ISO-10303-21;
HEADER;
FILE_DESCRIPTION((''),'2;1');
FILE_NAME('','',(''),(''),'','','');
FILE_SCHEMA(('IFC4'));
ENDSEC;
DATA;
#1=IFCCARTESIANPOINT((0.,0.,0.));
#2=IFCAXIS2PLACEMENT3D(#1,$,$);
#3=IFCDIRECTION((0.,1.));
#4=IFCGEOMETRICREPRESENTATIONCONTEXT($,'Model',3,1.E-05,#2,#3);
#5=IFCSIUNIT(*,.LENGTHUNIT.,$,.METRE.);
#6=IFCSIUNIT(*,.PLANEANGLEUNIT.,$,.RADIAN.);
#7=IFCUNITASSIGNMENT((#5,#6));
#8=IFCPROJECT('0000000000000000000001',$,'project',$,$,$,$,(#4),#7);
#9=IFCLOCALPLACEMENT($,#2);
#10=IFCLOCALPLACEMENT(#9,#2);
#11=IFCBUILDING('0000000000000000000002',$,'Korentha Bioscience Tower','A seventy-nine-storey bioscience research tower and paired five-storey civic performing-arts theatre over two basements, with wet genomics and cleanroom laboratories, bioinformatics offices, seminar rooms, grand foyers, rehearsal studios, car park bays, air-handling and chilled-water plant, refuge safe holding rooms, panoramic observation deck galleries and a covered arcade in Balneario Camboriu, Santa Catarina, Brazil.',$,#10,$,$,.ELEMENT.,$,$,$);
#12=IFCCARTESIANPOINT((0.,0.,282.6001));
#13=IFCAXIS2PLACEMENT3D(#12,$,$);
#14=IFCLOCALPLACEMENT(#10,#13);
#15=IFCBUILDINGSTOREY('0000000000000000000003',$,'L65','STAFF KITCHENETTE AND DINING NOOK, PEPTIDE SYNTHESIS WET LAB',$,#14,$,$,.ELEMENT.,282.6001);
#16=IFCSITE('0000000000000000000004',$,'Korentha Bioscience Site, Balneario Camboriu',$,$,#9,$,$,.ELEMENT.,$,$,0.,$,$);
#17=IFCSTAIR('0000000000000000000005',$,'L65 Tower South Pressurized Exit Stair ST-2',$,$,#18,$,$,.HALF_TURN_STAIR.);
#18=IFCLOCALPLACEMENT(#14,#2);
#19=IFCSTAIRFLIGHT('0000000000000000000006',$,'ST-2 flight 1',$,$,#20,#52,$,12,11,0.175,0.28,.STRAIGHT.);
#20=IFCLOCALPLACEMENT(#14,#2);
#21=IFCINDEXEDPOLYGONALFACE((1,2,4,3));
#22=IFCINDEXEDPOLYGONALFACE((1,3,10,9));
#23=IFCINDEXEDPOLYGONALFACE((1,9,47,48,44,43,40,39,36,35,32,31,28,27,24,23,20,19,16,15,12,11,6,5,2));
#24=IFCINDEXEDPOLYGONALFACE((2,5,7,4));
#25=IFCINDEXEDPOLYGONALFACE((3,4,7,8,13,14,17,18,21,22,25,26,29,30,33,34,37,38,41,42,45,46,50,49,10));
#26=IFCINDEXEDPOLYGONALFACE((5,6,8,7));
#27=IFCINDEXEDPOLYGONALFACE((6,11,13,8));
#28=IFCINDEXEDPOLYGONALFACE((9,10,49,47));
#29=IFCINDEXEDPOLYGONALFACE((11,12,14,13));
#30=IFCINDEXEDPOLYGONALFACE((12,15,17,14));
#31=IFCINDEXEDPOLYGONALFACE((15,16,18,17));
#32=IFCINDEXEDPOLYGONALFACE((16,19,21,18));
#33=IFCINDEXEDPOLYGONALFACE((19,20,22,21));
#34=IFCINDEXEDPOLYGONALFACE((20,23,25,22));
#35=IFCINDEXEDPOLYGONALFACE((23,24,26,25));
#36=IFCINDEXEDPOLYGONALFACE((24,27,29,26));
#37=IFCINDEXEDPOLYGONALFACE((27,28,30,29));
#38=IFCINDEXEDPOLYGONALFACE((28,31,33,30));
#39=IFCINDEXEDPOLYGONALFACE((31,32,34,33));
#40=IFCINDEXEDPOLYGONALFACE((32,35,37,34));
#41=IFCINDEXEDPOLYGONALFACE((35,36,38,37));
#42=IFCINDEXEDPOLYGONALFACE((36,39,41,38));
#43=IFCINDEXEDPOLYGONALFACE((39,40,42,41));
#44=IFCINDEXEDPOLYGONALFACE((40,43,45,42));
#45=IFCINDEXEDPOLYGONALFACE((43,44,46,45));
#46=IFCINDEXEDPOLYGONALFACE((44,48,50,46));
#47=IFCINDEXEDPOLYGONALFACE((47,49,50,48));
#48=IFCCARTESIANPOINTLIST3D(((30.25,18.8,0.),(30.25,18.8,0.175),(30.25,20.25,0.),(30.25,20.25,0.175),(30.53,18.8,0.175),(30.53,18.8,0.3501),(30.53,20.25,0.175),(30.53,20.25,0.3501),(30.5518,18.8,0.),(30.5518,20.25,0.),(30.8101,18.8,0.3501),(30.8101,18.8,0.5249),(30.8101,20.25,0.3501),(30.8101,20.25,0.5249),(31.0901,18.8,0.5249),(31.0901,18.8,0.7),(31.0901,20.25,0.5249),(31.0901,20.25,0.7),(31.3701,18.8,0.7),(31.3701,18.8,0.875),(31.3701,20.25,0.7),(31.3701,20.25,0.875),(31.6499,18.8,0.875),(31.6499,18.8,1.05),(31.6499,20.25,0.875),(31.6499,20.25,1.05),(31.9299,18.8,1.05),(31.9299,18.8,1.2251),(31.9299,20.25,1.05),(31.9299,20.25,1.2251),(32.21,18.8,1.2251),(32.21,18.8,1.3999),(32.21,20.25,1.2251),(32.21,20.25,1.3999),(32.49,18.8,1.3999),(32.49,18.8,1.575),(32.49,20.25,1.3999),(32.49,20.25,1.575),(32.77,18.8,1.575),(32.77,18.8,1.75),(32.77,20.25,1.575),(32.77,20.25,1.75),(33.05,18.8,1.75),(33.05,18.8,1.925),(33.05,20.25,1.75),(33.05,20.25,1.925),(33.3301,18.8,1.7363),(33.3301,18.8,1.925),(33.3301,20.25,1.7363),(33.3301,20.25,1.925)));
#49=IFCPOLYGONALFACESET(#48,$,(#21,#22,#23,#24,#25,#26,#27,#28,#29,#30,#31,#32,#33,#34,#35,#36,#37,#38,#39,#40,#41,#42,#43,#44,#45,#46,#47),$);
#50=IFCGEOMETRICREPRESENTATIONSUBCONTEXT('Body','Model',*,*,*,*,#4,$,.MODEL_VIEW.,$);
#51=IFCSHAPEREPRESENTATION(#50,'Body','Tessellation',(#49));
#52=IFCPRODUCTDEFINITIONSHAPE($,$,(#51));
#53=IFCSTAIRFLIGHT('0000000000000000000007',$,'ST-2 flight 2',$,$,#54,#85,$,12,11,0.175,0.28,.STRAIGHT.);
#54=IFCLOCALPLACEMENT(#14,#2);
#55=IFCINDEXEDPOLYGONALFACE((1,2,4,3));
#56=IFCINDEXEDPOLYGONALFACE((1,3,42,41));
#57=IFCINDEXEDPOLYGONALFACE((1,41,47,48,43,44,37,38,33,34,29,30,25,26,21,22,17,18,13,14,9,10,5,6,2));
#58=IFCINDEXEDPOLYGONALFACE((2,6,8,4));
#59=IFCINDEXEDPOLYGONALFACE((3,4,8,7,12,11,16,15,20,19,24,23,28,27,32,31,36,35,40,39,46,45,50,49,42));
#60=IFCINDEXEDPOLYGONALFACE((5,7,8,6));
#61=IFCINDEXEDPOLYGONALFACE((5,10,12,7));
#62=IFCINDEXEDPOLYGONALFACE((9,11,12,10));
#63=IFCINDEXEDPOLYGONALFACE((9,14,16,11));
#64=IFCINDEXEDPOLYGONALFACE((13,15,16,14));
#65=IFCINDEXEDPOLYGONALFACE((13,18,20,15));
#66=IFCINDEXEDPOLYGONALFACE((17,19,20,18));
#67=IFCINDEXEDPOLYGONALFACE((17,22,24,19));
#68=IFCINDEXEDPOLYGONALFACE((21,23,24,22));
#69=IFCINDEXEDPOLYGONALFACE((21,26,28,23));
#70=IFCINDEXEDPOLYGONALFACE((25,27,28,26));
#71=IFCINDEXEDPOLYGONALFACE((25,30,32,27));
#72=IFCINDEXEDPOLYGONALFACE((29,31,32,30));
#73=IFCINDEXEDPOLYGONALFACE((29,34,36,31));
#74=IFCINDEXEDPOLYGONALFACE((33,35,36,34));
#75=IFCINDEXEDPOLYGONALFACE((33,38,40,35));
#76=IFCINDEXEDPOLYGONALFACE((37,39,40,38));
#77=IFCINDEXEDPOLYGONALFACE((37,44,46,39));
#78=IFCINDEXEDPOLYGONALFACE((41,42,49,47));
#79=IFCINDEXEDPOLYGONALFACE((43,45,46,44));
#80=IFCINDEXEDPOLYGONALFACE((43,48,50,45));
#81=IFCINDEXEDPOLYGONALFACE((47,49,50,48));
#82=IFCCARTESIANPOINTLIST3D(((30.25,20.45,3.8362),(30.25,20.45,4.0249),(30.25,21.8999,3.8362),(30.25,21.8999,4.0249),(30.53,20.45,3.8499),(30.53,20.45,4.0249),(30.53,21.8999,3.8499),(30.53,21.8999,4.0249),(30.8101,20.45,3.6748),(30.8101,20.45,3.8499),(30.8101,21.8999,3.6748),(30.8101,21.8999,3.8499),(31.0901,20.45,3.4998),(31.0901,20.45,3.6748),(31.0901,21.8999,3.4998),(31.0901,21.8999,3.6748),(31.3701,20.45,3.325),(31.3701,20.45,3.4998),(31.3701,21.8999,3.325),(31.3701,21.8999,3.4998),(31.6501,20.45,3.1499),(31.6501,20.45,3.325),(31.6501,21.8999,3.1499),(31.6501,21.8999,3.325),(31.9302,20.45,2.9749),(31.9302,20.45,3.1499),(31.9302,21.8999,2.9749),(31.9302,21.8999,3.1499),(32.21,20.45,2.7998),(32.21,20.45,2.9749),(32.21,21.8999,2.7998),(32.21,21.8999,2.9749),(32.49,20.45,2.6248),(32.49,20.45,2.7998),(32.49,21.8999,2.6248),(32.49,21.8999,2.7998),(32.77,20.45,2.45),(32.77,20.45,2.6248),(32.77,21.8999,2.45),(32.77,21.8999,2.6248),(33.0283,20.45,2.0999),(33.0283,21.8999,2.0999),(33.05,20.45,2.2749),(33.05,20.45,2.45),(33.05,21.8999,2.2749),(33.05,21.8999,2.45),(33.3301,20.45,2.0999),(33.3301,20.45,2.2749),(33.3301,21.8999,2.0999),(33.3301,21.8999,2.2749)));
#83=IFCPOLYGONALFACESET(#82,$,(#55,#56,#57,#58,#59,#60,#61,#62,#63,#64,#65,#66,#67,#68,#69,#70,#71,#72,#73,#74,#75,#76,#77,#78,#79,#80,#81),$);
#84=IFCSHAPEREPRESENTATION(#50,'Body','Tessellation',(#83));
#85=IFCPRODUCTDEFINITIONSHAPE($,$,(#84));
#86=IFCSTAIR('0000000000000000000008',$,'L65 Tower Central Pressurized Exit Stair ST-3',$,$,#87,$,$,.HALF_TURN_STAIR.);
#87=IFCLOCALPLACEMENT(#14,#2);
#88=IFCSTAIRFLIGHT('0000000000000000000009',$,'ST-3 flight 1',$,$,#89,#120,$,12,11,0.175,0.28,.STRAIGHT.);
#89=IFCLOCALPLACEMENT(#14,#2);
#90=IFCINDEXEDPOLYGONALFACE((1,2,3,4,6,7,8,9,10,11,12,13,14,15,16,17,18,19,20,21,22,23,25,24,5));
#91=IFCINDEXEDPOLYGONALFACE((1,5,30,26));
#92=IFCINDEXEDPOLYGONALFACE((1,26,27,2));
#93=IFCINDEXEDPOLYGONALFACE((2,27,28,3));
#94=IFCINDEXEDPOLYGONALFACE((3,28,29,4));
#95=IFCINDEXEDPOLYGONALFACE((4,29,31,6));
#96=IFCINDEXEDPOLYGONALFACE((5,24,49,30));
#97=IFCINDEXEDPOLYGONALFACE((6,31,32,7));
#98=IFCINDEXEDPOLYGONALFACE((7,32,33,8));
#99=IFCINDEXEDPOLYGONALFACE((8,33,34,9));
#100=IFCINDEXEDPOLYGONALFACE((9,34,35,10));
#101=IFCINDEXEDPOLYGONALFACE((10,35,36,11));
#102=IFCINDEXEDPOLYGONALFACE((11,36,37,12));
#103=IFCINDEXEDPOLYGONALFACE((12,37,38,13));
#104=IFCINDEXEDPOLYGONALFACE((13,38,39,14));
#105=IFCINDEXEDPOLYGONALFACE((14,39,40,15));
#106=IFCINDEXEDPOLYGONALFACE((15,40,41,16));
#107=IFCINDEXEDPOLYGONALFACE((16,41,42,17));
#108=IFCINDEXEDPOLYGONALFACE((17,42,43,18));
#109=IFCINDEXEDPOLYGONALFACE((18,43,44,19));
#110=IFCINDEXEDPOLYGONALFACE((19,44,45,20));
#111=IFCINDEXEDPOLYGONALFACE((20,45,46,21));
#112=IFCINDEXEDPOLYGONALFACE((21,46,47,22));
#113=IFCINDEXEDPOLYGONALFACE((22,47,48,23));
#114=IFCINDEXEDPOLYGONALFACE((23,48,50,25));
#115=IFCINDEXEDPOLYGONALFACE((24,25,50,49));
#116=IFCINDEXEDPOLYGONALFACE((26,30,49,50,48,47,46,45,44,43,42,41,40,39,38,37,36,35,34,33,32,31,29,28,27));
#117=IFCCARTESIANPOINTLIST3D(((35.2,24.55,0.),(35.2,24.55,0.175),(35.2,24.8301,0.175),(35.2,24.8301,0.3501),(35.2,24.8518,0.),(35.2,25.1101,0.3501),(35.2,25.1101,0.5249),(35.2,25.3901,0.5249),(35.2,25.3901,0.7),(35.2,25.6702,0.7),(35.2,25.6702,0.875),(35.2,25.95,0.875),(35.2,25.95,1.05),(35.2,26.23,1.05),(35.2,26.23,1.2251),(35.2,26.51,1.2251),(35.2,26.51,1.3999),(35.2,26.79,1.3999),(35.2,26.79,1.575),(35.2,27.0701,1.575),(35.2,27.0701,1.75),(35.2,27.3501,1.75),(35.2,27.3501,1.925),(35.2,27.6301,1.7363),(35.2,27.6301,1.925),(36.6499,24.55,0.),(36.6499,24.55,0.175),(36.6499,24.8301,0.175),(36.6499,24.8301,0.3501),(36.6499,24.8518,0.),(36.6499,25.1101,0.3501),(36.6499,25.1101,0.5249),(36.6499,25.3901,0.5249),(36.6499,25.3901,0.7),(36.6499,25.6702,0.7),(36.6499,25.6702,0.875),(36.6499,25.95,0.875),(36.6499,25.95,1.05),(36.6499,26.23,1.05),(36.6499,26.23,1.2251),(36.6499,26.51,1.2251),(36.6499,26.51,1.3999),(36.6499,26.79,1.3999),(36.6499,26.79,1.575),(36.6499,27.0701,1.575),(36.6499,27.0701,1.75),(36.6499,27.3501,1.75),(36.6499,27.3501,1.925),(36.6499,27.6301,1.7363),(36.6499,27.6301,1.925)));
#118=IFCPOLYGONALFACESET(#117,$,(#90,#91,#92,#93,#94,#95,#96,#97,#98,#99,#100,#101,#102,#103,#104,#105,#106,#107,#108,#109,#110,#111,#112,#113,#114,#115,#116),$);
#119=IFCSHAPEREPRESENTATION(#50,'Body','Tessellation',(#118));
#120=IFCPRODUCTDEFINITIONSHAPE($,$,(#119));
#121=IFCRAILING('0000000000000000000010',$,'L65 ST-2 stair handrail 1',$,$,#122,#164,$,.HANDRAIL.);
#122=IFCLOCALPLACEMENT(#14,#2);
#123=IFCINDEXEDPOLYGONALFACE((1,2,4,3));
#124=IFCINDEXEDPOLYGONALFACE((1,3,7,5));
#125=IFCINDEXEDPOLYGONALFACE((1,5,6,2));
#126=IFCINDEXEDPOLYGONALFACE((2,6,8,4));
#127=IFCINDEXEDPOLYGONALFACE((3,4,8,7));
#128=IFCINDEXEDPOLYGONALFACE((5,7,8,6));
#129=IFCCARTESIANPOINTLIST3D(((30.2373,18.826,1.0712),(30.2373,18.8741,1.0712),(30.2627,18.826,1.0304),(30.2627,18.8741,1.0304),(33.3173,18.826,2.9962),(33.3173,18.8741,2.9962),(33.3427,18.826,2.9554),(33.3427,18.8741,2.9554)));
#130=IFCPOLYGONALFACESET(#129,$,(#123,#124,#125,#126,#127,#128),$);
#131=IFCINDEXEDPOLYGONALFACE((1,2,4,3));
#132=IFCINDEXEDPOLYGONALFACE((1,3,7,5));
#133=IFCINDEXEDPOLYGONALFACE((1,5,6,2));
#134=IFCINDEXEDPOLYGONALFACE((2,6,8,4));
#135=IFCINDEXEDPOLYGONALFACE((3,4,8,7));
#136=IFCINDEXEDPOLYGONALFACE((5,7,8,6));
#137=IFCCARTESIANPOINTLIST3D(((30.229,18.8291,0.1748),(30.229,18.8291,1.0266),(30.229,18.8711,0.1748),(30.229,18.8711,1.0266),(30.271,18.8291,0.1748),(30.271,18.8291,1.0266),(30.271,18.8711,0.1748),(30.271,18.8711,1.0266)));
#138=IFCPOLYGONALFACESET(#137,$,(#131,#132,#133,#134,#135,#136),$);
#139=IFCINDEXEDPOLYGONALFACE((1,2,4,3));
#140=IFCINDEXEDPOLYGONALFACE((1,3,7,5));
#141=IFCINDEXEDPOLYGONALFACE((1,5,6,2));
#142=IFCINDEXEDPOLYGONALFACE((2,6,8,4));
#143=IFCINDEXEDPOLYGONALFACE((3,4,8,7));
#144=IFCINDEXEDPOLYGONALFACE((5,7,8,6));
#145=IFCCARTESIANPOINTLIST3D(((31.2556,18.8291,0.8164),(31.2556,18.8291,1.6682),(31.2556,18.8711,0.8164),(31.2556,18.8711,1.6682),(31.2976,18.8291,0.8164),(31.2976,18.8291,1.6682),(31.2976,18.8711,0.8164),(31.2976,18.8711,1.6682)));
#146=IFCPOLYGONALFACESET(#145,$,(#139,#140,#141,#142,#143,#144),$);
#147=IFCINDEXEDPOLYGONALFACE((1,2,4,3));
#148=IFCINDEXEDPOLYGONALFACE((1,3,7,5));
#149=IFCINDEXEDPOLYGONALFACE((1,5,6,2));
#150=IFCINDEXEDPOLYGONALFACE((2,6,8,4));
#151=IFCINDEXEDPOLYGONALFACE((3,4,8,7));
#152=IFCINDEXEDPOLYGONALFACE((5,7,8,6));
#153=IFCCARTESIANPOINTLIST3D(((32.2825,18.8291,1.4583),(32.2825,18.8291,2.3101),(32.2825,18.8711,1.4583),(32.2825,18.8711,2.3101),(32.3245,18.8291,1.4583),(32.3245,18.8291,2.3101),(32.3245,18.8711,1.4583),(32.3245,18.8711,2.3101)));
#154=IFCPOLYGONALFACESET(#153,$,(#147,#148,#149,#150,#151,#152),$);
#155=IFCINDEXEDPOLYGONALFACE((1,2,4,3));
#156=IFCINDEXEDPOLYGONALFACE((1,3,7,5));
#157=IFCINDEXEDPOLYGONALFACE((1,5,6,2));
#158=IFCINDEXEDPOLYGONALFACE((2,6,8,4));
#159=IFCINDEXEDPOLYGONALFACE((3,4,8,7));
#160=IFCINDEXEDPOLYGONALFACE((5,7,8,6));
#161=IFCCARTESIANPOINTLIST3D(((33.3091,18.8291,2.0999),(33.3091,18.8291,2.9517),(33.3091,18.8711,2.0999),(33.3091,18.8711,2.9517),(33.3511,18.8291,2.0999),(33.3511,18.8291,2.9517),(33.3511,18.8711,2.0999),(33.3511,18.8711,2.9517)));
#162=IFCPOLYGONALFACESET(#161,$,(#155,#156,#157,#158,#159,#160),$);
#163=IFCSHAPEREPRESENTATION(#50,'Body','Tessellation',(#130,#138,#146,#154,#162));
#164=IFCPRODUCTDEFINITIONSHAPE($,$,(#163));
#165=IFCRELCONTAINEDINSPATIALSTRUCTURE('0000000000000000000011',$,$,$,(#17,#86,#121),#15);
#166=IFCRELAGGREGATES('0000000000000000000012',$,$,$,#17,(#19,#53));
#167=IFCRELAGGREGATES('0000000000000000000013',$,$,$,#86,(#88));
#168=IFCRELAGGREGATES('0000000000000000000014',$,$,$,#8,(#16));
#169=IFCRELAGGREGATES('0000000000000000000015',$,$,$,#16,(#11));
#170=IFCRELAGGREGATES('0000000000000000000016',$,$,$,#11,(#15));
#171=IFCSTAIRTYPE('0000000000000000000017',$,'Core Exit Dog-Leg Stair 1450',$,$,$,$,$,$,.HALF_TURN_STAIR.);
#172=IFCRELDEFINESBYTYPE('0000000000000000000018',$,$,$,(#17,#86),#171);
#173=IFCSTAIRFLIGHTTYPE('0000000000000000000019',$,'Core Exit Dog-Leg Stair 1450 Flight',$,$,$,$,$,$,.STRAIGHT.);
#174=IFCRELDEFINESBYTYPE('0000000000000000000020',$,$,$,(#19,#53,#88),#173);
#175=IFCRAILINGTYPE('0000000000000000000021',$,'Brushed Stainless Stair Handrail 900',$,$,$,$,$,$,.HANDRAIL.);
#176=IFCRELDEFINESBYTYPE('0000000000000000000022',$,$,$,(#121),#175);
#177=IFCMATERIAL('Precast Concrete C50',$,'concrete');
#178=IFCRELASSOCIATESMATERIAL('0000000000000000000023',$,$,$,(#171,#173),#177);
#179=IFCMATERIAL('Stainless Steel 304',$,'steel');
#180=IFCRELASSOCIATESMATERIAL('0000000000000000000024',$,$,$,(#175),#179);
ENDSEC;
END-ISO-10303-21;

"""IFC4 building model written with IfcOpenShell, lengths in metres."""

from ifc_helpers import new_model, si_unit, direction, frame, origin, origin_2d, place, context, subcontext, project, spatial, polyline, rectangle, outline, extrude, material, type_object, element, aggregate, save


model = new_model("IFC4")

# Units and contexts
model_context = context("Model", 3, precision=1e-05, world=origin(), true_north=direction((0.0, 1.0)))
body_context = subcontext(model_context, "Body", "Model", "MODEL_VIEW")
ifc_project = project(units=[si_unit("LENGTHUNIT", "METRE"), si_unit("PLANEANGLEUNIT", "RADIAN")], contexts=[model_context])

# Site, building, storey
site_placement = place(None, origin())
site = spatial("IfcSite", under=ifc_project, at=site_placement, Name="Korentha Bioscience Site, Balneario Camboriu", CompositionType="ELEMENT", RefElevation=0.0)
building_placement = place(site_placement, origin())
building = spatial("IfcBuilding", under=site, at=building_placement, Name="Korentha Bioscience Tower", Description="A seventy-nine-storey bioscience research tower and paired five-storey civic performing-arts theatre over two basements, with wet genomics and cleanroom laboratories, bioinformatics offices, seminar rooms, grand foyers, rehearsal studios, car park bays, air-handling and chilled-water plant, refuge safe holding rooms, panoramic observation deck galleries and a covered arcade in Balneario Camboriu, Santa Catarina, Brazil.", CompositionType="ELEMENT")
storey_placement = place(building_placement, frame((0.0, 0.0, 282.6001)))
storey = spatial("IfcBuildingStorey", under=building, at=storey_placement, Name="L65", Description="STAFF KITCHENETTE AND DINING NOOK, PEPTIDE SYNTHESIS WET LAB", CompositionType="ELEMENT", Elevation=282.6001)

# Stair, stair flights
ifc_material_1 = material(Name="Precast Concrete C50", Category="concrete")
stair_type = type_object("IfcStairType", Name="Core Exit Dog-Leg Stair 1450", PredefinedType="HALF_TURN_STAIR", material=ifc_material_1)
stair_1_placement = place(storey_placement, origin())
stair_1 = element("IfcStair", 1, at=stair_1_placement, inside=storey, type_object=stair_type, Name="L65 Tower South Pressurized Exit Stair ST-2", PredefinedType="HALF_TURN_STAIR")
stair_flight_type = type_object("IfcStairFlightType", Name="Core Exit Dog-Leg Stair 1450 Flight", PredefinedType="STRAIGHT", material=ifc_material_1)
stair_flight_1_placement = place(storey_placement, frame((30.25, 19.5249, 0.0), z_axis=(0.0, 0.0, 1.0), x_axis=(1.0, 0.0, 0.0)))
stair_flight_1 = element("IfcStairFlight", 2, at=stair_flight_1_placement, type_object=stair_flight_type, Name="ST-2 flight 1", NumberOfRisers=12, NumberOfTreads=11, PredefinedType="STRAIGHT", RiserHeight=0.175, TreadLength=0.28, context=body_context, shape_type="SweptSolid", body=[
    extrude(outline(polyline([(0.0, 0.0), (0.0, 0.175), (0.28, 0.175), (0.28, 0.3501), (0.5601, 0.3501), (0.5601, 0.5249), (0.8401, 0.5249), (0.8401, 0.7), (1.1201, 0.7), (1.1201, 0.875), (1.3999, 0.875), (1.3999, 1.05), (1.6799, 1.05), (1.6799, 1.2251), (1.96, 1.2251), (1.96, 1.3999), (2.24, 1.3999), (2.24, 1.575), (2.52, 1.575), (2.52, 1.75), (2.8, 1.75), (2.8, 1.925), (3.0801, 1.925), (3.0801, 2.1001), (3.0801, 1.7363), (0.3018, 0.0), (0.0, 0.0)])), frame((0.0, 0.7251, 0.0), z_axis=(0.0, -1.0, 0.0), x_axis=(1.0, 0.0, 0.0)), (0.0, 0.0, 1.0), 1.45),
])
stair_flight_2_placement = place(storey_placement, frame((33.3301, 21.175, 2.0999), z_axis=(0.0, 0.0, 1.0), x_axis=(-1.0, 0.0, 0.0)))
stair_flight_2 = element("IfcStairFlight", 3, at=stair_flight_2_placement, type_object=stair_flight_type, Name="ST-2 flight 2", NumberOfRisers=12, NumberOfTreads=11, PredefinedType="STRAIGHT", RiserHeight=0.175, TreadLength=0.28, context=body_context, shape_type="SweptSolid", body=[
    extrude(outline(polyline([(0.0, 0.0), (0.0, 0.175), (0.28, 0.175), (0.28, 0.3501), (0.5601, 0.3501), (0.5601, 0.5249), (0.8401, 0.5249), (0.8401, 0.7), (1.1201, 0.7), (1.1201, 0.875), (1.3999, 0.875), (1.3999, 1.05), (1.6799, 1.05), (1.6799, 1.2251), (1.96, 1.2251), (1.96, 1.3999), (2.24, 1.3999), (2.24, 1.575), (2.52, 1.575), (2.52, 1.75), (2.8, 1.75), (2.8, 1.925), (3.0801, 1.925), (3.0801, 2.1001), (3.0801, 1.7363), (0.3018, 0.0), (0.0, 0.0)])), frame((0.0, 0.7251, 0.0), z_axis=(0.0, -1.0, 0.0), x_axis=(1.0, 0.0, 0.0)), (0.0, 0.0, 1.0), 1.45),
])
aggregate(stair_1, [stair_flight_1, stair_flight_2])

# Stair, stair flight
stair_2_placement = place(storey_placement, origin())
stair_2 = element("IfcStair", 4, at=stair_2_placement, inside=storey, type_object=stair_type, Name="L65 Tower Central Pressurized Exit Stair ST-3", PredefinedType="HALF_TURN_STAIR")
stair_flight_3_placement = place(storey_placement, frame((35.925, 24.55, 0.0), z_axis=(0.0, 0.0, 1.0), x_axis=(0.0, 1.0, 0.0)))
stair_flight_3 = element("IfcStairFlight", 5, at=stair_flight_3_placement, type_object=stair_flight_type, Name="ST-3 flight 1", NumberOfRisers=12, NumberOfTreads=11, PredefinedType="STRAIGHT", RiserHeight=0.175, TreadLength=0.28, context=body_context, shape_type="SweptSolid", body=[
    extrude(outline(polyline([(0.0, 0.0), (0.0, 0.175), (0.28, 0.175), (0.28, 0.3501), (0.5601, 0.3501), (0.5601, 0.5249), (0.8401, 0.5249), (0.8401, 0.7), (1.1201, 0.7), (1.1201, 0.875), (1.3999, 0.875), (1.3999, 1.05), (1.6799, 1.05), (1.6799, 1.2251), (1.96, 1.2251), (1.96, 1.3999), (2.24, 1.3999), (2.24, 1.575), (2.52, 1.575), (2.52, 1.75), (2.8, 1.75), (2.8, 1.925), (3.0801, 1.925), (3.0801, 2.1001), (3.0801, 1.7363), (0.3018, 0.0), (0.0, 0.0)])), frame((0.0, 0.7251, 0.0), z_axis=(0.0, -1.0, 0.0), x_axis=(1.0, 0.0, 0.0)), (0.0, 0.0, 1.0), 1.45),
])
aggregate(stair_2, [stair_flight_3])

# Railing
ifc_material_2 = material(Name="Stainless Steel 304", Category="steel")
railing_type_1 = type_object("IfcRailingType", Name="Brushed Stainless Stair Handrail 900", PredefinedType="HANDRAIL", material=ifc_material_2)
railing_1_placement = place(storey_placement, frame((30.25, 18.8501, 0.1748)))
element("IfcRailing", 6, at=railing_1_placement, inside=storey, type_object=railing_type_1, Name="L65 ST-2 stair handrail 1", PredefinedType="HANDRAIL", context=body_context, shape_type="SweptSolid", body=[
    extrude(rectangle(XDim=0.0481, YDim=0.0481, at=origin_2d()), frame((0.0, 0.0, 0.876), z_axis=(0.847998, 0.0, 0.529999), x_axis=(0.0, 1.0, 0.0)), (0.0, 0.0, 1.0), 3.6321),
    extrude(rectangle(XDim=0.042, YDim=0.042, at=origin_2d()), origin(), (0.0, 0.0, 1.0), 0.8518),
    extrude(rectangle(XDim=0.042, YDim=0.042, at=origin_2d()), frame((1.0266, 0.0, 0.6416)), (0.0, 0.0, 1.0), 0.8518),
    extrude(rectangle(XDim=0.042, YDim=0.042, at=origin_2d()), frame((2.0535, 0.0, 1.2834)), (0.0, 0.0, 1.0), 0.8518),
    extrude(rectangle(XDim=0.042, YDim=0.042, at=origin_2d()), frame((3.0801, 0.0, 1.925)), (0.0, 0.0, 1.0), 0.8518),
])

save(model, "model.ifc")
